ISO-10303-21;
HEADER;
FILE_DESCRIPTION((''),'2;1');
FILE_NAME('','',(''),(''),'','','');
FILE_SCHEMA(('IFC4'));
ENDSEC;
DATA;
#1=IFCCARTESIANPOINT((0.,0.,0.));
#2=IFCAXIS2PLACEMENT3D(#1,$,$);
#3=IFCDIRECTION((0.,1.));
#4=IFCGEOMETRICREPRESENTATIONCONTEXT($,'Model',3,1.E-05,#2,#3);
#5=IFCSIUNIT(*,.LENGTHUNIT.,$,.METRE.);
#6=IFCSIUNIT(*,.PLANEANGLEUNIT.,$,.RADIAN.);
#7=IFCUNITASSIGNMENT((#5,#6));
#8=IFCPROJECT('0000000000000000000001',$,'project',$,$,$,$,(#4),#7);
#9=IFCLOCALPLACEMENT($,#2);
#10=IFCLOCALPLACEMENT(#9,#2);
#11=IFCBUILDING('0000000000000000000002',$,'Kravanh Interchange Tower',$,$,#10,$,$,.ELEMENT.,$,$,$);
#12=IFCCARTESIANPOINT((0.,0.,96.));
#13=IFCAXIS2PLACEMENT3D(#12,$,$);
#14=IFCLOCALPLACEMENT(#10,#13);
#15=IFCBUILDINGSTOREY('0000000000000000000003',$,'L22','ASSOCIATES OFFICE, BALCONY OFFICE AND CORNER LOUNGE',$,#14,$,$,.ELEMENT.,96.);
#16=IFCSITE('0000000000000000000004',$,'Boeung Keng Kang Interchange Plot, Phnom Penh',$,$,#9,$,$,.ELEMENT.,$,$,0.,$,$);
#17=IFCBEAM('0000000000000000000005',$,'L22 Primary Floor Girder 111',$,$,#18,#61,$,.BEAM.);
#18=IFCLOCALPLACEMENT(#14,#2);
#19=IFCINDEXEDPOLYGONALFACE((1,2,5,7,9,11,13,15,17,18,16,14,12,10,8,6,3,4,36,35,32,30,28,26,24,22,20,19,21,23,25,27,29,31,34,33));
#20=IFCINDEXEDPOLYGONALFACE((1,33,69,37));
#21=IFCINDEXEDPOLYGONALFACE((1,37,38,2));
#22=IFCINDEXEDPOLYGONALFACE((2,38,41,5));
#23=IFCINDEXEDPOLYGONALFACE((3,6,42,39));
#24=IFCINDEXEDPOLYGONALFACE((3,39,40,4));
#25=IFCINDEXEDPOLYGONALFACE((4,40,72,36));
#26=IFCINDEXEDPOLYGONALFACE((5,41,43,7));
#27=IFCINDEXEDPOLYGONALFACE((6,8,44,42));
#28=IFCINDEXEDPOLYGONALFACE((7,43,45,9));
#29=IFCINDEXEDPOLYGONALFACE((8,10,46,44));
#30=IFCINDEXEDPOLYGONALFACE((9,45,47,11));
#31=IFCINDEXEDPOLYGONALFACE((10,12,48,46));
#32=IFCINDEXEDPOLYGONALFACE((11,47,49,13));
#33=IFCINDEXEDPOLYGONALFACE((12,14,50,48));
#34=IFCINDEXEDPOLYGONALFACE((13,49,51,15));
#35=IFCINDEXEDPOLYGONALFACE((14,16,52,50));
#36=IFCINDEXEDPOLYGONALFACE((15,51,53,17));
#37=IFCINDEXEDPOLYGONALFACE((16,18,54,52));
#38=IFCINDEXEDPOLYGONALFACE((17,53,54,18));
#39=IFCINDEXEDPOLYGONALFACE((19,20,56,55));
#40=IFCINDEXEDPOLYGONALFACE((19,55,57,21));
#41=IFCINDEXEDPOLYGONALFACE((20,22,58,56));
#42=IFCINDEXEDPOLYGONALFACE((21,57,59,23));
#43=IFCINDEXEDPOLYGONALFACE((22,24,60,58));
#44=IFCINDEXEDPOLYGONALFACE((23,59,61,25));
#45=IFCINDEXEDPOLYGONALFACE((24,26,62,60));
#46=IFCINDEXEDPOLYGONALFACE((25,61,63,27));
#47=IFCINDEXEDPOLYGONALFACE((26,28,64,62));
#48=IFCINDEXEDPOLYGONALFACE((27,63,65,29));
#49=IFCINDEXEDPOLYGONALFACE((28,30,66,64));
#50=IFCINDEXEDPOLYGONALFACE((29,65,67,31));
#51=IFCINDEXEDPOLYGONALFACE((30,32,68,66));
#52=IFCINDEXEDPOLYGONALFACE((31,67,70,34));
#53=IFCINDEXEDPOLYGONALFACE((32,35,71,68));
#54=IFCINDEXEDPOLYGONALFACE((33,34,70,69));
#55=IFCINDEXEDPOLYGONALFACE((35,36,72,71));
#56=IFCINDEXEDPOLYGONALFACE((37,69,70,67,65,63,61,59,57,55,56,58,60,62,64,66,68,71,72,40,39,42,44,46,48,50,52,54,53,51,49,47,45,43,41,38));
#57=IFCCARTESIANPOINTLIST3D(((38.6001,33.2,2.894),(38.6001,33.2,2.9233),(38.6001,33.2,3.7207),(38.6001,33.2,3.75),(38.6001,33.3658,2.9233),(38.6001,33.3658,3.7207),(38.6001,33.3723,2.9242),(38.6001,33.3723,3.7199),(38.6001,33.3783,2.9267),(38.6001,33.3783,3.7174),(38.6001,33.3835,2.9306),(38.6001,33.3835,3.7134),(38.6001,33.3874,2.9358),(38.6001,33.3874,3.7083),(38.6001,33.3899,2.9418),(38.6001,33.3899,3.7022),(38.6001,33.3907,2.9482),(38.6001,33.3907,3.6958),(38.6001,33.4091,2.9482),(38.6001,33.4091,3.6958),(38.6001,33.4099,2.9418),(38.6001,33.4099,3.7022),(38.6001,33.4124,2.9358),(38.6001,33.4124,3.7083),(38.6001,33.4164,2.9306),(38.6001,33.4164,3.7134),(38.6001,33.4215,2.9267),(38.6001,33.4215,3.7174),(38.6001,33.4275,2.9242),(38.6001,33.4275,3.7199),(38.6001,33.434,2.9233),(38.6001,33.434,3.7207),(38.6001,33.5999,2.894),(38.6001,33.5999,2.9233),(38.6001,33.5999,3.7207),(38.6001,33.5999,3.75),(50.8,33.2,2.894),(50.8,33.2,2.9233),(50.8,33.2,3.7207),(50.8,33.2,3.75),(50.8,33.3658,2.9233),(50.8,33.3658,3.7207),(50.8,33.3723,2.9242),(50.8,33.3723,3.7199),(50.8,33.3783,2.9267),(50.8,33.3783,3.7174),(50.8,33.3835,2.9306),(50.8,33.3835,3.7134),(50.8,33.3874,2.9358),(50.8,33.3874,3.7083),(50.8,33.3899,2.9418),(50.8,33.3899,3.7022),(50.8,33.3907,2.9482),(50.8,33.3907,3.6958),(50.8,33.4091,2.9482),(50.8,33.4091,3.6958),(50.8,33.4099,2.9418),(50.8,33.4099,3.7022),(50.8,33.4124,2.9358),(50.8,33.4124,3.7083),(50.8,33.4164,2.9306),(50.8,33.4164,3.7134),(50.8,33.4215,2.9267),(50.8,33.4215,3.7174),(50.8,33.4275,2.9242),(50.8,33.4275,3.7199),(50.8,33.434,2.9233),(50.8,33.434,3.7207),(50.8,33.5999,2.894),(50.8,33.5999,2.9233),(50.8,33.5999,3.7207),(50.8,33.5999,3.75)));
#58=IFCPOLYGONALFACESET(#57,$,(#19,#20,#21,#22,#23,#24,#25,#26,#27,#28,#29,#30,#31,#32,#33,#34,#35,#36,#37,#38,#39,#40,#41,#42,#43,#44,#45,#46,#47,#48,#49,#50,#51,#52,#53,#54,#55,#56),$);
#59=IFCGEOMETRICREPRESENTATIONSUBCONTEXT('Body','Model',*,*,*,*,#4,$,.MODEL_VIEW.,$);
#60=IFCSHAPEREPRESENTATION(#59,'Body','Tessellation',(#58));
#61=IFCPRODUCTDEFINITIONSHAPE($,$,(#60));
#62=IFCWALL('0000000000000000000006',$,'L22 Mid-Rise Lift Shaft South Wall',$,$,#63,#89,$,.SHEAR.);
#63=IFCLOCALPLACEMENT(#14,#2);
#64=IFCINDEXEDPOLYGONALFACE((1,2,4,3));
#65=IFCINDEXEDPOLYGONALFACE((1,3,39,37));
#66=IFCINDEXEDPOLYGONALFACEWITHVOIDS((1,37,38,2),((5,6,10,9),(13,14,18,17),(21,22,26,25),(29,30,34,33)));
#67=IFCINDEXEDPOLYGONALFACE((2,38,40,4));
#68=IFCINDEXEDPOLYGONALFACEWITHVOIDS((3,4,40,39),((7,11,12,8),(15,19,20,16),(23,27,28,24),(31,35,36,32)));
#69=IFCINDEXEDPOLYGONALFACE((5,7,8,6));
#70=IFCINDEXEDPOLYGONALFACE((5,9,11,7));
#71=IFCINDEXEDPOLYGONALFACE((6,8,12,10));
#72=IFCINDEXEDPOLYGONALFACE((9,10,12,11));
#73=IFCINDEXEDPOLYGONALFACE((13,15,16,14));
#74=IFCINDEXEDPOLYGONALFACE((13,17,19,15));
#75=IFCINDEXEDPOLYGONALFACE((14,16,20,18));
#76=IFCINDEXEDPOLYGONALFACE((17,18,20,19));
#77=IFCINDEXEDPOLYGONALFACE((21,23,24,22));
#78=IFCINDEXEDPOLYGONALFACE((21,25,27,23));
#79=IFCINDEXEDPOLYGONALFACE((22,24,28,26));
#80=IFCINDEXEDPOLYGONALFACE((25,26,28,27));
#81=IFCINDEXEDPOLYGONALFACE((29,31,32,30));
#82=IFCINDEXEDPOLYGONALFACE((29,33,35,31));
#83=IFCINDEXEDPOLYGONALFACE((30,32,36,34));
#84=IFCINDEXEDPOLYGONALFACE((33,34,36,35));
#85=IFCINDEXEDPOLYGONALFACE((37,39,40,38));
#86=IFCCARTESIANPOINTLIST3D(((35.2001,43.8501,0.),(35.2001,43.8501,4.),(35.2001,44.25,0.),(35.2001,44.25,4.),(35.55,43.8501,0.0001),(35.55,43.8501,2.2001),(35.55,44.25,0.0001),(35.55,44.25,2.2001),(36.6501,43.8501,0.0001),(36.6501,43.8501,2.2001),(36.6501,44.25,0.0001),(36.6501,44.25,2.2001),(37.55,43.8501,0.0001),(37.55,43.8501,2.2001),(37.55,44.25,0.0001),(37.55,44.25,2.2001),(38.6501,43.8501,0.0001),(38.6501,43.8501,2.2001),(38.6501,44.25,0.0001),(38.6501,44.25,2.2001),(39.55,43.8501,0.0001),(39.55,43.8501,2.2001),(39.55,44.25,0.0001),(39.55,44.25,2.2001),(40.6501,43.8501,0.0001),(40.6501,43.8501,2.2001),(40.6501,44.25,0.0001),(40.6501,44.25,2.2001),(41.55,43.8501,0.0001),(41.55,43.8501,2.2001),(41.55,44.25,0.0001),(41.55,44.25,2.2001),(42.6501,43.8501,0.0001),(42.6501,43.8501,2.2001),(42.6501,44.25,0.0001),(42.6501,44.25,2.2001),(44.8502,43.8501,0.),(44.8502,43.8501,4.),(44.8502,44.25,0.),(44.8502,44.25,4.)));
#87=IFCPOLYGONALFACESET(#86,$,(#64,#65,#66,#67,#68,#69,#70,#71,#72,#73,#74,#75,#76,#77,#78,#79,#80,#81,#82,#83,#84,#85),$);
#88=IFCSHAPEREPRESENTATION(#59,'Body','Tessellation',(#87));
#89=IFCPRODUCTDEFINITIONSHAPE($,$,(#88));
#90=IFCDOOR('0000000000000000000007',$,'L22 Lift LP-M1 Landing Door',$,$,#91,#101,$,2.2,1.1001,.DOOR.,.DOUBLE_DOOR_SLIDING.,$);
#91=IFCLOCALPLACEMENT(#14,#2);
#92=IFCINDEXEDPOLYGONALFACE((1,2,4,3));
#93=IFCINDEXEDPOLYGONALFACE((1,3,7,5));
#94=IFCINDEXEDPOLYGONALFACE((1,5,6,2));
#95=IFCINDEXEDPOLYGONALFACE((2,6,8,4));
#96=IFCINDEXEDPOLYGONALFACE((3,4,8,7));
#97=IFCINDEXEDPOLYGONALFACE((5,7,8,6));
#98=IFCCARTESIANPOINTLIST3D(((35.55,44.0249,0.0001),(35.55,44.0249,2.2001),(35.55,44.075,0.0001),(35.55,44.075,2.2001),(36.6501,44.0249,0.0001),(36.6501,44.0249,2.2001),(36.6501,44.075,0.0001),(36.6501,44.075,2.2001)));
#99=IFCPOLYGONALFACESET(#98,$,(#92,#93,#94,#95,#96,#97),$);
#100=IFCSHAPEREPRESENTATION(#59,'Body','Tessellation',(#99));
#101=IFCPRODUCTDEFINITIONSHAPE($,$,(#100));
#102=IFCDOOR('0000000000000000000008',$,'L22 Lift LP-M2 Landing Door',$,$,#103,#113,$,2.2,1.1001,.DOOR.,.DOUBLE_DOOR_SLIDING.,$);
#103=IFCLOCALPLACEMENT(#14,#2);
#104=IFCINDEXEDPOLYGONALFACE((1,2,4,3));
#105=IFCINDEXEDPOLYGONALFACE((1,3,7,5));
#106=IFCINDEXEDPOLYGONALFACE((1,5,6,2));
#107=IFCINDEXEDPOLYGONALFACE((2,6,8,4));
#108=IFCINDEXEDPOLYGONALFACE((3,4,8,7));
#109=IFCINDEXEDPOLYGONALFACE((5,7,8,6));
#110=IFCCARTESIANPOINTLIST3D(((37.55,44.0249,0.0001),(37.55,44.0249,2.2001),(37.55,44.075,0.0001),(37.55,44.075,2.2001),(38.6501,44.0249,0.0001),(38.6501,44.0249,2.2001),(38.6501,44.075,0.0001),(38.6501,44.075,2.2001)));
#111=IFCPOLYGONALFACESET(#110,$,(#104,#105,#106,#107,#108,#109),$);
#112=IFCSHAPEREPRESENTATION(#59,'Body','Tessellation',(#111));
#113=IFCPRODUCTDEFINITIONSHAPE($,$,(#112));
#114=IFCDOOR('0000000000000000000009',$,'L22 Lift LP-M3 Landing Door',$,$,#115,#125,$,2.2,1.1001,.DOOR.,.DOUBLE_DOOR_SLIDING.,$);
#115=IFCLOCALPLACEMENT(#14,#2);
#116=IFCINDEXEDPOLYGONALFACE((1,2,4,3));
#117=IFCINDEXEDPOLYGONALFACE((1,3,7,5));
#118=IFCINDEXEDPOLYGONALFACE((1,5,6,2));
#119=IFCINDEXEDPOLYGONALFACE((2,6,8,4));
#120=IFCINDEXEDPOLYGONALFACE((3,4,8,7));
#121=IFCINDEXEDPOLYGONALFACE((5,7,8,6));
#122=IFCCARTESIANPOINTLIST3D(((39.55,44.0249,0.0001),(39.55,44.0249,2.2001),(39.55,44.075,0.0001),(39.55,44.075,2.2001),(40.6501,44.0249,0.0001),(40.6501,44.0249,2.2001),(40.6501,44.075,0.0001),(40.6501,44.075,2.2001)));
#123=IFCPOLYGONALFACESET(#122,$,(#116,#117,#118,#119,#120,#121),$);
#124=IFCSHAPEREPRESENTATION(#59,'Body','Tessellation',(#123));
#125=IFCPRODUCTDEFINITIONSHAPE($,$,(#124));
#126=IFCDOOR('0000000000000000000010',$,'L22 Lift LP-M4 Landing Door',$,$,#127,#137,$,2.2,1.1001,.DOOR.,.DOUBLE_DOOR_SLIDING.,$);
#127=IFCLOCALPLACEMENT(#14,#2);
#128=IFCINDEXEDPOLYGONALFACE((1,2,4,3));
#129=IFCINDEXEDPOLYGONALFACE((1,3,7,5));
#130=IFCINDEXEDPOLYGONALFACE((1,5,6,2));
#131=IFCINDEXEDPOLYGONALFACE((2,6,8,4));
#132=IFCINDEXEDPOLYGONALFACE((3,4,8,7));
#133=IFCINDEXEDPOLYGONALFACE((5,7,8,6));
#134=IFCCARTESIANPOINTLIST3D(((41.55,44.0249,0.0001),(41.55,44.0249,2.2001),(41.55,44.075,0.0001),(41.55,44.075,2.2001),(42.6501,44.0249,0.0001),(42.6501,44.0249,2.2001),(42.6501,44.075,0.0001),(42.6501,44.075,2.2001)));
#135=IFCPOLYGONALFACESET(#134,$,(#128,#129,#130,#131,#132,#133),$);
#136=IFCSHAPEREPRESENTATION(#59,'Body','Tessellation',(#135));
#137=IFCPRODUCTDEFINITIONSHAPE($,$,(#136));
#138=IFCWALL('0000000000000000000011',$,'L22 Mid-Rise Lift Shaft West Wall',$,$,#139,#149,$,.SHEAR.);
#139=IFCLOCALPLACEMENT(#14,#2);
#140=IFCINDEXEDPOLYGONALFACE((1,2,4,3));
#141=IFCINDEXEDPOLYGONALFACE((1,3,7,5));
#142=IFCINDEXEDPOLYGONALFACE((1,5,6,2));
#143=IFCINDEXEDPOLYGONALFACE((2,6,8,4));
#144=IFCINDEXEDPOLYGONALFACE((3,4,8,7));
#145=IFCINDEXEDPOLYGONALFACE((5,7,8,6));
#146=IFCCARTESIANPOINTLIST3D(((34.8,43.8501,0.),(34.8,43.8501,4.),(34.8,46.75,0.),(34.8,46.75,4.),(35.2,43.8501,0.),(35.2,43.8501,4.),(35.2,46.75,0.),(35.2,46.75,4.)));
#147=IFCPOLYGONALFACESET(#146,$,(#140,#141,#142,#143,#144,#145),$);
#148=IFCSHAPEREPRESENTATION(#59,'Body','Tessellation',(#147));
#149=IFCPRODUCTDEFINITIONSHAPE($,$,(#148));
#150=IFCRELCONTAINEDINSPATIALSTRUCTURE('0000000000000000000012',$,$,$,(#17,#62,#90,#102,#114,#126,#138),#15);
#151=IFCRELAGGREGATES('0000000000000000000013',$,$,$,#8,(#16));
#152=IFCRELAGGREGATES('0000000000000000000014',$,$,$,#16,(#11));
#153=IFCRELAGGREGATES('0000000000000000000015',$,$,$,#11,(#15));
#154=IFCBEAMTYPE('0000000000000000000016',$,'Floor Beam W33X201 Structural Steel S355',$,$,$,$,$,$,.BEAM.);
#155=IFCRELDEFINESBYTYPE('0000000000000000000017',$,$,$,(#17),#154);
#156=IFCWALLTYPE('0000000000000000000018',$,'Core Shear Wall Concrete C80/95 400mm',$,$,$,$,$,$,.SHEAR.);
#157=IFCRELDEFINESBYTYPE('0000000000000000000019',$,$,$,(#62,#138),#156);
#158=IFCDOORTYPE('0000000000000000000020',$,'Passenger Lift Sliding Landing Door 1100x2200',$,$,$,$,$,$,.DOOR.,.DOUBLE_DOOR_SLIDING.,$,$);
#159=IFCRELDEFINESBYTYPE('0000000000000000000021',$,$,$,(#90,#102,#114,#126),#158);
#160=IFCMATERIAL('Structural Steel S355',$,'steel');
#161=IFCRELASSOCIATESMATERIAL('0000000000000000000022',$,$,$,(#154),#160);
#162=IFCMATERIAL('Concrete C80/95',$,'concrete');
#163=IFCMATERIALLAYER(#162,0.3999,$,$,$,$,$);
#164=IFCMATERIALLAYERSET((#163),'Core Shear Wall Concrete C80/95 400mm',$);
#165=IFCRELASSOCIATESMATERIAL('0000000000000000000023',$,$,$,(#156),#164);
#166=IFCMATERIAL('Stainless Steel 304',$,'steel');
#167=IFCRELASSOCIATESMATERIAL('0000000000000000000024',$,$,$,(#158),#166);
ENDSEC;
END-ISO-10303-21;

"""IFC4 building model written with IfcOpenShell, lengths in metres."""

from ifc_helpers import new_model, si_unit, direction, frame, frame_2d, origin, origin_2d, place, context, subcontext, project, spatial, rectangle, i_section, extrude, material, layer, layer_set, material_profile, profile_set, type_object, element, fill, save


model = new_model("IFC4")

# Units and contexts
model_context = context("Model", 3, precision=1e-05, world=origin(), true_north=direction((0.0, 1.0)))
body_context = subcontext(model_context, "Body", "Model", "MODEL_VIEW")
ifc_project = project(units=[si_unit("LENGTHUNIT", "METRE"), si_unit("PLANEANGLEUNIT", "RADIAN")], contexts=[model_context])

# Site, building, storey
site_placement = place(None, origin())
site = spatial("IfcSite", under=ifc_project, at=site_placement, Name="Boeung Keng Kang Interchange Plot, Phnom Penh", CompositionType="ELEMENT", RefElevation=0.0)
building_placement = place(site_placement, origin())
building = spatial("IfcBuilding", under=site, at=building_placement, Name="Kravanh Interchange Tower", CompositionType="ELEMENT")
storey_placement = place(building_placement, frame((0.0, 0.0, 96.0)))
storey = spatial("IfcBuildingStorey", under=building, at=storey_placement, Name="L22", Description="ASSOCIATES OFFICE, BALCONY OFFICE AND CORNER LOUNGE", CompositionType="ELEMENT", Elevation=96.0)

# Beam
ifc_material_1 = material(Name="Structural Steel S355", Category="steel")
ifc_material_profile_1 = material_profile(ifc_material_1, i_section(OverallWidth=0.3999, OverallDepth=0.856, WebThickness=0.0183, FlangeThickness=0.0293, FilletRadius=0.0249, at=origin_2d()), Name="W33X201")
ifc_profile_set_1 = profile_set([ifc_material_profile_1], Name="Structural Steel S355")
beam_type = type_object("IfcBeamType", Name="Floor Beam W33X201 Structural Steel S355", PredefinedType="BEAM", material=ifc_profile_set_1)
beam_1_placement = place(storey_placement, frame((38.6001, 33.3999, 3.322), z_axis=(1.0, 0.0, 0.0), x_axis=(0.0, 1.0, 0.0)))
element("IfcBeam", 1, at=beam_1_placement, inside=storey, type_object=beam_type, Name="L22 Primary Floor Girder 111", PredefinedType="BEAM", context=body_context, shape_type="SweptSolid", body=[
    extrude(i_section(OverallWidth=0.3999, OverallDepth=0.856, WebThickness=0.0183, FlangeThickness=0.0293, FilletRadius=0.0249, at=origin_2d()), origin(), (0.0, 0.0, 1.0), 12.2),
])

# Wall, openings, doors
ifc_material_2 = material(Name="Concrete C80/95", Category="concrete")
ifc_layer_1 = layer(ifc_material_2, 0.3999)
ifc_layer_set_1 = layer_set([ifc_layer_1], Name="Core Shear Wall Concrete C80/95 400mm")
wall_type_1 = type_object("IfcWallType", Name="Core Shear Wall Concrete C80/95 400mm", PredefinedType="SHEAR", material=ifc_layer_set_1)
wall_1_placement = place(storey_placement, frame((35.2, 44.05, 0.0), z_axis=(0.0, 0.0, 1.0), x_axis=(1.0, 0.0, 0.0)))
wall_1 = element("IfcWall", 2, at=wall_1_placement, inside=storey, type_object=wall_type_1, Name="L22 Mid-Rise Lift Shaft South Wall", PredefinedType="SHEAR", context=body_context, shape_type="SweptSolid", body=[
    extrude(rectangle(XDim=9.6501, YDim=0.3999, at=frame_2d((4.8252, 0.0))), origin(), (0.0, 0.0, 1.0), 4.0),
])
opening_1_placement = place(wall_1_placement, frame((0.3501, 0.0, 0.0)))
opening_1 = element("IfcOpeningElement", 3, at=opening_1_placement, cuts=wall_1, PredefinedType="OPENING", context=body_context, shape_type="SweptSolid", body=[
    extrude(rectangle(XDim=1.1001, YDim=2.2, at=frame_2d((0.55, 1.1001))), frame((0.0, 0.21, 0.0), z_axis=(0.0, -1.0, 0.0), x_axis=(1.0, 0.0, 0.0)), (0.0, 0.0, 1.0), 0.4199),
])
opening_2_placement = place(wall_1_placement, frame((2.3501, 0.0, 0.0)))
opening_2 = element("IfcOpeningElement", 4, at=opening_2_placement, cuts=wall_1, PredefinedType="OPENING", context=body_context, shape_type="SweptSolid", body=[
    extrude(rectangle(XDim=1.1001, YDim=2.2, at=frame_2d((0.55, 1.1001))), frame((0.0, 0.21, 0.0), z_axis=(0.0, -1.0, 0.0), x_axis=(1.0, 0.0, 0.0)), (0.0, 0.0, 1.0), 0.4199),
])
opening_3_placement = place(wall_1_placement, frame((4.3501, 0.0, 0.0)))
opening_3 = element("IfcOpeningElement", 5, at=opening_3_placement, cuts=wall_1, PredefinedType="OPENING", context=body_context, shape_type="SweptSolid", body=[
    extrude(rectangle(XDim=1.1001, YDim=2.2, at=frame_2d((0.55, 1.1001))), frame((0.0, 0.21, 0.0), z_axis=(0.0, -1.0, 0.0), x_axis=(1.0, 0.0, 0.0)), (0.0, 0.0, 1.0), 0.4199),
])
opening_4_placement = place(wall_1_placement, frame((6.3501, 0.0, 0.0)))
opening_4 = element("IfcOpeningElement", 6, at=opening_4_placement, cuts=wall_1, PredefinedType="OPENING", context=body_context, shape_type="SweptSolid", body=[
    extrude(rectangle(XDim=1.1001, YDim=2.2, at=frame_2d((0.55, 1.1001))), frame((0.0, 0.21, 0.0), z_axis=(0.0, -1.0, 0.0), x_axis=(1.0, 0.0, 0.0)), (0.0, 0.0, 1.0), 0.4199),
])
ifc_material_3 = material(Name="Stainless Steel 304", Category="steel")
door_type_1 = type_object("IfcDoorType", Name="Passenger Lift Sliding Landing Door 1100x2200", OperationType="DOUBLE_DOOR_SLIDING", PredefinedType="DOOR", material=ifc_material_3)
door_1_placement = place(opening_1_placement, origin())
door_1 = element("IfcDoor", 7, at=door_1_placement, inside=storey, type_object=door_type_1, Name="L22 Lift LP-M1 Landing Door", OperationType="DOUBLE_DOOR_SLIDING", OverallHeight=2.2, OverallWidth=1.1001, PredefinedType="DOOR", context=body_context, shape_type="SweptSolid", body=[
    extrude(rectangle(XDim=1.1001, YDim=2.2, at=frame_2d((0.55, 1.1001))), frame((0.0, 0.0249, 0.0), z_axis=(0.0, -1.0, 0.0), x_axis=(1.0, 0.0, 0.0)), (0.0, 0.0, 1.0), 0.05),
])
fill(opening_1, door_1)
door_2_placement = place(opening_2_placement, origin())
door_2 = element("IfcDoor", 8, at=door_2_placement, inside=storey, type_object=door_type_1, Name="L22 Lift LP-M2 Landing Door", OperationType="DOUBLE_DOOR_SLIDING", OverallHeight=2.2, OverallWidth=1.1001, PredefinedType="DOOR", context=body_context, shape_type="SweptSolid", body=[
    extrude(rectangle(XDim=1.1001, YDim=2.2, at=frame_2d((0.55, 1.1001))), frame((0.0, 0.0249, 0.0), z_axis=(0.0, -1.0, 0.0), x_axis=(1.0, 0.0, 0.0)), (0.0, 0.0, 1.0), 0.05),
])
fill(opening_2, door_2)
door_3_placement = place(opening_3_placement, origin())
door_3 = element("IfcDoor", 9, at=door_3_placement, inside=storey, type_object=door_type_1, Name="L22 Lift LP-M3 Landing Door", OperationType="DOUBLE_DOOR_SLIDING", OverallHeight=2.2, OverallWidth=1.1001, PredefinedType="DOOR", context=body_context, shape_type="SweptSolid", body=[
    extrude(rectangle(XDim=1.1001, YDim=2.2, at=frame_2d((0.55, 1.1001))), frame((0.0, 0.0249, 0.0), z_axis=(0.0, -1.0, 0.0), x_axis=(1.0, 0.0, 0.0)), (0.0, 0.0, 1.0), 0.05),
])
fill(opening_3, door_3)
door_4_placement = place(opening_4_placement, origin())
door_4 = element("IfcDoor", 10, at=door_4_placement, inside=storey, type_object=door_type_1, Name="L22 Lift LP-M4 Landing Door", OperationType="DOUBLE_DOOR_SLIDING", OverallHeight=2.2, OverallWidth=1.1001, PredefinedType="DOOR", context=body_context, shape_type="SweptSolid", body=[
    extrude(rectangle(XDim=1.1001, YDim=2.2, at=frame_2d((0.55, 1.1001))), frame((0.0, 0.0249, 0.0), z_axis=(0.0, -1.0, 0.0), x_axis=(1.0, 0.0, 0.0)), (0.0, 0.0, 1.0), 0.05),
])
fill(opening_4, door_4)

# Wall
wall_2_placement = place(storey_placement, frame((35.0, 43.8501, 0.0), z_axis=(0.0, 0.0, 1.0), x_axis=(0.0, 1.0, 0.0)))
element("IfcWall", 11, at=wall_2_placement, inside=storey, type_object=wall_type_1, Name="L22 Mid-Rise Lift Shaft West Wall", PredefinedType="SHEAR", context=body_context, shape_type="SweptSolid", body=[
    extrude(rectangle(XDim=2.8999, YDim=0.3999, at=frame_2d((1.45, 0.0))), origin(), (0.0, 0.0, 1.0), 4.0),
])

save(model, "model.ifc")
